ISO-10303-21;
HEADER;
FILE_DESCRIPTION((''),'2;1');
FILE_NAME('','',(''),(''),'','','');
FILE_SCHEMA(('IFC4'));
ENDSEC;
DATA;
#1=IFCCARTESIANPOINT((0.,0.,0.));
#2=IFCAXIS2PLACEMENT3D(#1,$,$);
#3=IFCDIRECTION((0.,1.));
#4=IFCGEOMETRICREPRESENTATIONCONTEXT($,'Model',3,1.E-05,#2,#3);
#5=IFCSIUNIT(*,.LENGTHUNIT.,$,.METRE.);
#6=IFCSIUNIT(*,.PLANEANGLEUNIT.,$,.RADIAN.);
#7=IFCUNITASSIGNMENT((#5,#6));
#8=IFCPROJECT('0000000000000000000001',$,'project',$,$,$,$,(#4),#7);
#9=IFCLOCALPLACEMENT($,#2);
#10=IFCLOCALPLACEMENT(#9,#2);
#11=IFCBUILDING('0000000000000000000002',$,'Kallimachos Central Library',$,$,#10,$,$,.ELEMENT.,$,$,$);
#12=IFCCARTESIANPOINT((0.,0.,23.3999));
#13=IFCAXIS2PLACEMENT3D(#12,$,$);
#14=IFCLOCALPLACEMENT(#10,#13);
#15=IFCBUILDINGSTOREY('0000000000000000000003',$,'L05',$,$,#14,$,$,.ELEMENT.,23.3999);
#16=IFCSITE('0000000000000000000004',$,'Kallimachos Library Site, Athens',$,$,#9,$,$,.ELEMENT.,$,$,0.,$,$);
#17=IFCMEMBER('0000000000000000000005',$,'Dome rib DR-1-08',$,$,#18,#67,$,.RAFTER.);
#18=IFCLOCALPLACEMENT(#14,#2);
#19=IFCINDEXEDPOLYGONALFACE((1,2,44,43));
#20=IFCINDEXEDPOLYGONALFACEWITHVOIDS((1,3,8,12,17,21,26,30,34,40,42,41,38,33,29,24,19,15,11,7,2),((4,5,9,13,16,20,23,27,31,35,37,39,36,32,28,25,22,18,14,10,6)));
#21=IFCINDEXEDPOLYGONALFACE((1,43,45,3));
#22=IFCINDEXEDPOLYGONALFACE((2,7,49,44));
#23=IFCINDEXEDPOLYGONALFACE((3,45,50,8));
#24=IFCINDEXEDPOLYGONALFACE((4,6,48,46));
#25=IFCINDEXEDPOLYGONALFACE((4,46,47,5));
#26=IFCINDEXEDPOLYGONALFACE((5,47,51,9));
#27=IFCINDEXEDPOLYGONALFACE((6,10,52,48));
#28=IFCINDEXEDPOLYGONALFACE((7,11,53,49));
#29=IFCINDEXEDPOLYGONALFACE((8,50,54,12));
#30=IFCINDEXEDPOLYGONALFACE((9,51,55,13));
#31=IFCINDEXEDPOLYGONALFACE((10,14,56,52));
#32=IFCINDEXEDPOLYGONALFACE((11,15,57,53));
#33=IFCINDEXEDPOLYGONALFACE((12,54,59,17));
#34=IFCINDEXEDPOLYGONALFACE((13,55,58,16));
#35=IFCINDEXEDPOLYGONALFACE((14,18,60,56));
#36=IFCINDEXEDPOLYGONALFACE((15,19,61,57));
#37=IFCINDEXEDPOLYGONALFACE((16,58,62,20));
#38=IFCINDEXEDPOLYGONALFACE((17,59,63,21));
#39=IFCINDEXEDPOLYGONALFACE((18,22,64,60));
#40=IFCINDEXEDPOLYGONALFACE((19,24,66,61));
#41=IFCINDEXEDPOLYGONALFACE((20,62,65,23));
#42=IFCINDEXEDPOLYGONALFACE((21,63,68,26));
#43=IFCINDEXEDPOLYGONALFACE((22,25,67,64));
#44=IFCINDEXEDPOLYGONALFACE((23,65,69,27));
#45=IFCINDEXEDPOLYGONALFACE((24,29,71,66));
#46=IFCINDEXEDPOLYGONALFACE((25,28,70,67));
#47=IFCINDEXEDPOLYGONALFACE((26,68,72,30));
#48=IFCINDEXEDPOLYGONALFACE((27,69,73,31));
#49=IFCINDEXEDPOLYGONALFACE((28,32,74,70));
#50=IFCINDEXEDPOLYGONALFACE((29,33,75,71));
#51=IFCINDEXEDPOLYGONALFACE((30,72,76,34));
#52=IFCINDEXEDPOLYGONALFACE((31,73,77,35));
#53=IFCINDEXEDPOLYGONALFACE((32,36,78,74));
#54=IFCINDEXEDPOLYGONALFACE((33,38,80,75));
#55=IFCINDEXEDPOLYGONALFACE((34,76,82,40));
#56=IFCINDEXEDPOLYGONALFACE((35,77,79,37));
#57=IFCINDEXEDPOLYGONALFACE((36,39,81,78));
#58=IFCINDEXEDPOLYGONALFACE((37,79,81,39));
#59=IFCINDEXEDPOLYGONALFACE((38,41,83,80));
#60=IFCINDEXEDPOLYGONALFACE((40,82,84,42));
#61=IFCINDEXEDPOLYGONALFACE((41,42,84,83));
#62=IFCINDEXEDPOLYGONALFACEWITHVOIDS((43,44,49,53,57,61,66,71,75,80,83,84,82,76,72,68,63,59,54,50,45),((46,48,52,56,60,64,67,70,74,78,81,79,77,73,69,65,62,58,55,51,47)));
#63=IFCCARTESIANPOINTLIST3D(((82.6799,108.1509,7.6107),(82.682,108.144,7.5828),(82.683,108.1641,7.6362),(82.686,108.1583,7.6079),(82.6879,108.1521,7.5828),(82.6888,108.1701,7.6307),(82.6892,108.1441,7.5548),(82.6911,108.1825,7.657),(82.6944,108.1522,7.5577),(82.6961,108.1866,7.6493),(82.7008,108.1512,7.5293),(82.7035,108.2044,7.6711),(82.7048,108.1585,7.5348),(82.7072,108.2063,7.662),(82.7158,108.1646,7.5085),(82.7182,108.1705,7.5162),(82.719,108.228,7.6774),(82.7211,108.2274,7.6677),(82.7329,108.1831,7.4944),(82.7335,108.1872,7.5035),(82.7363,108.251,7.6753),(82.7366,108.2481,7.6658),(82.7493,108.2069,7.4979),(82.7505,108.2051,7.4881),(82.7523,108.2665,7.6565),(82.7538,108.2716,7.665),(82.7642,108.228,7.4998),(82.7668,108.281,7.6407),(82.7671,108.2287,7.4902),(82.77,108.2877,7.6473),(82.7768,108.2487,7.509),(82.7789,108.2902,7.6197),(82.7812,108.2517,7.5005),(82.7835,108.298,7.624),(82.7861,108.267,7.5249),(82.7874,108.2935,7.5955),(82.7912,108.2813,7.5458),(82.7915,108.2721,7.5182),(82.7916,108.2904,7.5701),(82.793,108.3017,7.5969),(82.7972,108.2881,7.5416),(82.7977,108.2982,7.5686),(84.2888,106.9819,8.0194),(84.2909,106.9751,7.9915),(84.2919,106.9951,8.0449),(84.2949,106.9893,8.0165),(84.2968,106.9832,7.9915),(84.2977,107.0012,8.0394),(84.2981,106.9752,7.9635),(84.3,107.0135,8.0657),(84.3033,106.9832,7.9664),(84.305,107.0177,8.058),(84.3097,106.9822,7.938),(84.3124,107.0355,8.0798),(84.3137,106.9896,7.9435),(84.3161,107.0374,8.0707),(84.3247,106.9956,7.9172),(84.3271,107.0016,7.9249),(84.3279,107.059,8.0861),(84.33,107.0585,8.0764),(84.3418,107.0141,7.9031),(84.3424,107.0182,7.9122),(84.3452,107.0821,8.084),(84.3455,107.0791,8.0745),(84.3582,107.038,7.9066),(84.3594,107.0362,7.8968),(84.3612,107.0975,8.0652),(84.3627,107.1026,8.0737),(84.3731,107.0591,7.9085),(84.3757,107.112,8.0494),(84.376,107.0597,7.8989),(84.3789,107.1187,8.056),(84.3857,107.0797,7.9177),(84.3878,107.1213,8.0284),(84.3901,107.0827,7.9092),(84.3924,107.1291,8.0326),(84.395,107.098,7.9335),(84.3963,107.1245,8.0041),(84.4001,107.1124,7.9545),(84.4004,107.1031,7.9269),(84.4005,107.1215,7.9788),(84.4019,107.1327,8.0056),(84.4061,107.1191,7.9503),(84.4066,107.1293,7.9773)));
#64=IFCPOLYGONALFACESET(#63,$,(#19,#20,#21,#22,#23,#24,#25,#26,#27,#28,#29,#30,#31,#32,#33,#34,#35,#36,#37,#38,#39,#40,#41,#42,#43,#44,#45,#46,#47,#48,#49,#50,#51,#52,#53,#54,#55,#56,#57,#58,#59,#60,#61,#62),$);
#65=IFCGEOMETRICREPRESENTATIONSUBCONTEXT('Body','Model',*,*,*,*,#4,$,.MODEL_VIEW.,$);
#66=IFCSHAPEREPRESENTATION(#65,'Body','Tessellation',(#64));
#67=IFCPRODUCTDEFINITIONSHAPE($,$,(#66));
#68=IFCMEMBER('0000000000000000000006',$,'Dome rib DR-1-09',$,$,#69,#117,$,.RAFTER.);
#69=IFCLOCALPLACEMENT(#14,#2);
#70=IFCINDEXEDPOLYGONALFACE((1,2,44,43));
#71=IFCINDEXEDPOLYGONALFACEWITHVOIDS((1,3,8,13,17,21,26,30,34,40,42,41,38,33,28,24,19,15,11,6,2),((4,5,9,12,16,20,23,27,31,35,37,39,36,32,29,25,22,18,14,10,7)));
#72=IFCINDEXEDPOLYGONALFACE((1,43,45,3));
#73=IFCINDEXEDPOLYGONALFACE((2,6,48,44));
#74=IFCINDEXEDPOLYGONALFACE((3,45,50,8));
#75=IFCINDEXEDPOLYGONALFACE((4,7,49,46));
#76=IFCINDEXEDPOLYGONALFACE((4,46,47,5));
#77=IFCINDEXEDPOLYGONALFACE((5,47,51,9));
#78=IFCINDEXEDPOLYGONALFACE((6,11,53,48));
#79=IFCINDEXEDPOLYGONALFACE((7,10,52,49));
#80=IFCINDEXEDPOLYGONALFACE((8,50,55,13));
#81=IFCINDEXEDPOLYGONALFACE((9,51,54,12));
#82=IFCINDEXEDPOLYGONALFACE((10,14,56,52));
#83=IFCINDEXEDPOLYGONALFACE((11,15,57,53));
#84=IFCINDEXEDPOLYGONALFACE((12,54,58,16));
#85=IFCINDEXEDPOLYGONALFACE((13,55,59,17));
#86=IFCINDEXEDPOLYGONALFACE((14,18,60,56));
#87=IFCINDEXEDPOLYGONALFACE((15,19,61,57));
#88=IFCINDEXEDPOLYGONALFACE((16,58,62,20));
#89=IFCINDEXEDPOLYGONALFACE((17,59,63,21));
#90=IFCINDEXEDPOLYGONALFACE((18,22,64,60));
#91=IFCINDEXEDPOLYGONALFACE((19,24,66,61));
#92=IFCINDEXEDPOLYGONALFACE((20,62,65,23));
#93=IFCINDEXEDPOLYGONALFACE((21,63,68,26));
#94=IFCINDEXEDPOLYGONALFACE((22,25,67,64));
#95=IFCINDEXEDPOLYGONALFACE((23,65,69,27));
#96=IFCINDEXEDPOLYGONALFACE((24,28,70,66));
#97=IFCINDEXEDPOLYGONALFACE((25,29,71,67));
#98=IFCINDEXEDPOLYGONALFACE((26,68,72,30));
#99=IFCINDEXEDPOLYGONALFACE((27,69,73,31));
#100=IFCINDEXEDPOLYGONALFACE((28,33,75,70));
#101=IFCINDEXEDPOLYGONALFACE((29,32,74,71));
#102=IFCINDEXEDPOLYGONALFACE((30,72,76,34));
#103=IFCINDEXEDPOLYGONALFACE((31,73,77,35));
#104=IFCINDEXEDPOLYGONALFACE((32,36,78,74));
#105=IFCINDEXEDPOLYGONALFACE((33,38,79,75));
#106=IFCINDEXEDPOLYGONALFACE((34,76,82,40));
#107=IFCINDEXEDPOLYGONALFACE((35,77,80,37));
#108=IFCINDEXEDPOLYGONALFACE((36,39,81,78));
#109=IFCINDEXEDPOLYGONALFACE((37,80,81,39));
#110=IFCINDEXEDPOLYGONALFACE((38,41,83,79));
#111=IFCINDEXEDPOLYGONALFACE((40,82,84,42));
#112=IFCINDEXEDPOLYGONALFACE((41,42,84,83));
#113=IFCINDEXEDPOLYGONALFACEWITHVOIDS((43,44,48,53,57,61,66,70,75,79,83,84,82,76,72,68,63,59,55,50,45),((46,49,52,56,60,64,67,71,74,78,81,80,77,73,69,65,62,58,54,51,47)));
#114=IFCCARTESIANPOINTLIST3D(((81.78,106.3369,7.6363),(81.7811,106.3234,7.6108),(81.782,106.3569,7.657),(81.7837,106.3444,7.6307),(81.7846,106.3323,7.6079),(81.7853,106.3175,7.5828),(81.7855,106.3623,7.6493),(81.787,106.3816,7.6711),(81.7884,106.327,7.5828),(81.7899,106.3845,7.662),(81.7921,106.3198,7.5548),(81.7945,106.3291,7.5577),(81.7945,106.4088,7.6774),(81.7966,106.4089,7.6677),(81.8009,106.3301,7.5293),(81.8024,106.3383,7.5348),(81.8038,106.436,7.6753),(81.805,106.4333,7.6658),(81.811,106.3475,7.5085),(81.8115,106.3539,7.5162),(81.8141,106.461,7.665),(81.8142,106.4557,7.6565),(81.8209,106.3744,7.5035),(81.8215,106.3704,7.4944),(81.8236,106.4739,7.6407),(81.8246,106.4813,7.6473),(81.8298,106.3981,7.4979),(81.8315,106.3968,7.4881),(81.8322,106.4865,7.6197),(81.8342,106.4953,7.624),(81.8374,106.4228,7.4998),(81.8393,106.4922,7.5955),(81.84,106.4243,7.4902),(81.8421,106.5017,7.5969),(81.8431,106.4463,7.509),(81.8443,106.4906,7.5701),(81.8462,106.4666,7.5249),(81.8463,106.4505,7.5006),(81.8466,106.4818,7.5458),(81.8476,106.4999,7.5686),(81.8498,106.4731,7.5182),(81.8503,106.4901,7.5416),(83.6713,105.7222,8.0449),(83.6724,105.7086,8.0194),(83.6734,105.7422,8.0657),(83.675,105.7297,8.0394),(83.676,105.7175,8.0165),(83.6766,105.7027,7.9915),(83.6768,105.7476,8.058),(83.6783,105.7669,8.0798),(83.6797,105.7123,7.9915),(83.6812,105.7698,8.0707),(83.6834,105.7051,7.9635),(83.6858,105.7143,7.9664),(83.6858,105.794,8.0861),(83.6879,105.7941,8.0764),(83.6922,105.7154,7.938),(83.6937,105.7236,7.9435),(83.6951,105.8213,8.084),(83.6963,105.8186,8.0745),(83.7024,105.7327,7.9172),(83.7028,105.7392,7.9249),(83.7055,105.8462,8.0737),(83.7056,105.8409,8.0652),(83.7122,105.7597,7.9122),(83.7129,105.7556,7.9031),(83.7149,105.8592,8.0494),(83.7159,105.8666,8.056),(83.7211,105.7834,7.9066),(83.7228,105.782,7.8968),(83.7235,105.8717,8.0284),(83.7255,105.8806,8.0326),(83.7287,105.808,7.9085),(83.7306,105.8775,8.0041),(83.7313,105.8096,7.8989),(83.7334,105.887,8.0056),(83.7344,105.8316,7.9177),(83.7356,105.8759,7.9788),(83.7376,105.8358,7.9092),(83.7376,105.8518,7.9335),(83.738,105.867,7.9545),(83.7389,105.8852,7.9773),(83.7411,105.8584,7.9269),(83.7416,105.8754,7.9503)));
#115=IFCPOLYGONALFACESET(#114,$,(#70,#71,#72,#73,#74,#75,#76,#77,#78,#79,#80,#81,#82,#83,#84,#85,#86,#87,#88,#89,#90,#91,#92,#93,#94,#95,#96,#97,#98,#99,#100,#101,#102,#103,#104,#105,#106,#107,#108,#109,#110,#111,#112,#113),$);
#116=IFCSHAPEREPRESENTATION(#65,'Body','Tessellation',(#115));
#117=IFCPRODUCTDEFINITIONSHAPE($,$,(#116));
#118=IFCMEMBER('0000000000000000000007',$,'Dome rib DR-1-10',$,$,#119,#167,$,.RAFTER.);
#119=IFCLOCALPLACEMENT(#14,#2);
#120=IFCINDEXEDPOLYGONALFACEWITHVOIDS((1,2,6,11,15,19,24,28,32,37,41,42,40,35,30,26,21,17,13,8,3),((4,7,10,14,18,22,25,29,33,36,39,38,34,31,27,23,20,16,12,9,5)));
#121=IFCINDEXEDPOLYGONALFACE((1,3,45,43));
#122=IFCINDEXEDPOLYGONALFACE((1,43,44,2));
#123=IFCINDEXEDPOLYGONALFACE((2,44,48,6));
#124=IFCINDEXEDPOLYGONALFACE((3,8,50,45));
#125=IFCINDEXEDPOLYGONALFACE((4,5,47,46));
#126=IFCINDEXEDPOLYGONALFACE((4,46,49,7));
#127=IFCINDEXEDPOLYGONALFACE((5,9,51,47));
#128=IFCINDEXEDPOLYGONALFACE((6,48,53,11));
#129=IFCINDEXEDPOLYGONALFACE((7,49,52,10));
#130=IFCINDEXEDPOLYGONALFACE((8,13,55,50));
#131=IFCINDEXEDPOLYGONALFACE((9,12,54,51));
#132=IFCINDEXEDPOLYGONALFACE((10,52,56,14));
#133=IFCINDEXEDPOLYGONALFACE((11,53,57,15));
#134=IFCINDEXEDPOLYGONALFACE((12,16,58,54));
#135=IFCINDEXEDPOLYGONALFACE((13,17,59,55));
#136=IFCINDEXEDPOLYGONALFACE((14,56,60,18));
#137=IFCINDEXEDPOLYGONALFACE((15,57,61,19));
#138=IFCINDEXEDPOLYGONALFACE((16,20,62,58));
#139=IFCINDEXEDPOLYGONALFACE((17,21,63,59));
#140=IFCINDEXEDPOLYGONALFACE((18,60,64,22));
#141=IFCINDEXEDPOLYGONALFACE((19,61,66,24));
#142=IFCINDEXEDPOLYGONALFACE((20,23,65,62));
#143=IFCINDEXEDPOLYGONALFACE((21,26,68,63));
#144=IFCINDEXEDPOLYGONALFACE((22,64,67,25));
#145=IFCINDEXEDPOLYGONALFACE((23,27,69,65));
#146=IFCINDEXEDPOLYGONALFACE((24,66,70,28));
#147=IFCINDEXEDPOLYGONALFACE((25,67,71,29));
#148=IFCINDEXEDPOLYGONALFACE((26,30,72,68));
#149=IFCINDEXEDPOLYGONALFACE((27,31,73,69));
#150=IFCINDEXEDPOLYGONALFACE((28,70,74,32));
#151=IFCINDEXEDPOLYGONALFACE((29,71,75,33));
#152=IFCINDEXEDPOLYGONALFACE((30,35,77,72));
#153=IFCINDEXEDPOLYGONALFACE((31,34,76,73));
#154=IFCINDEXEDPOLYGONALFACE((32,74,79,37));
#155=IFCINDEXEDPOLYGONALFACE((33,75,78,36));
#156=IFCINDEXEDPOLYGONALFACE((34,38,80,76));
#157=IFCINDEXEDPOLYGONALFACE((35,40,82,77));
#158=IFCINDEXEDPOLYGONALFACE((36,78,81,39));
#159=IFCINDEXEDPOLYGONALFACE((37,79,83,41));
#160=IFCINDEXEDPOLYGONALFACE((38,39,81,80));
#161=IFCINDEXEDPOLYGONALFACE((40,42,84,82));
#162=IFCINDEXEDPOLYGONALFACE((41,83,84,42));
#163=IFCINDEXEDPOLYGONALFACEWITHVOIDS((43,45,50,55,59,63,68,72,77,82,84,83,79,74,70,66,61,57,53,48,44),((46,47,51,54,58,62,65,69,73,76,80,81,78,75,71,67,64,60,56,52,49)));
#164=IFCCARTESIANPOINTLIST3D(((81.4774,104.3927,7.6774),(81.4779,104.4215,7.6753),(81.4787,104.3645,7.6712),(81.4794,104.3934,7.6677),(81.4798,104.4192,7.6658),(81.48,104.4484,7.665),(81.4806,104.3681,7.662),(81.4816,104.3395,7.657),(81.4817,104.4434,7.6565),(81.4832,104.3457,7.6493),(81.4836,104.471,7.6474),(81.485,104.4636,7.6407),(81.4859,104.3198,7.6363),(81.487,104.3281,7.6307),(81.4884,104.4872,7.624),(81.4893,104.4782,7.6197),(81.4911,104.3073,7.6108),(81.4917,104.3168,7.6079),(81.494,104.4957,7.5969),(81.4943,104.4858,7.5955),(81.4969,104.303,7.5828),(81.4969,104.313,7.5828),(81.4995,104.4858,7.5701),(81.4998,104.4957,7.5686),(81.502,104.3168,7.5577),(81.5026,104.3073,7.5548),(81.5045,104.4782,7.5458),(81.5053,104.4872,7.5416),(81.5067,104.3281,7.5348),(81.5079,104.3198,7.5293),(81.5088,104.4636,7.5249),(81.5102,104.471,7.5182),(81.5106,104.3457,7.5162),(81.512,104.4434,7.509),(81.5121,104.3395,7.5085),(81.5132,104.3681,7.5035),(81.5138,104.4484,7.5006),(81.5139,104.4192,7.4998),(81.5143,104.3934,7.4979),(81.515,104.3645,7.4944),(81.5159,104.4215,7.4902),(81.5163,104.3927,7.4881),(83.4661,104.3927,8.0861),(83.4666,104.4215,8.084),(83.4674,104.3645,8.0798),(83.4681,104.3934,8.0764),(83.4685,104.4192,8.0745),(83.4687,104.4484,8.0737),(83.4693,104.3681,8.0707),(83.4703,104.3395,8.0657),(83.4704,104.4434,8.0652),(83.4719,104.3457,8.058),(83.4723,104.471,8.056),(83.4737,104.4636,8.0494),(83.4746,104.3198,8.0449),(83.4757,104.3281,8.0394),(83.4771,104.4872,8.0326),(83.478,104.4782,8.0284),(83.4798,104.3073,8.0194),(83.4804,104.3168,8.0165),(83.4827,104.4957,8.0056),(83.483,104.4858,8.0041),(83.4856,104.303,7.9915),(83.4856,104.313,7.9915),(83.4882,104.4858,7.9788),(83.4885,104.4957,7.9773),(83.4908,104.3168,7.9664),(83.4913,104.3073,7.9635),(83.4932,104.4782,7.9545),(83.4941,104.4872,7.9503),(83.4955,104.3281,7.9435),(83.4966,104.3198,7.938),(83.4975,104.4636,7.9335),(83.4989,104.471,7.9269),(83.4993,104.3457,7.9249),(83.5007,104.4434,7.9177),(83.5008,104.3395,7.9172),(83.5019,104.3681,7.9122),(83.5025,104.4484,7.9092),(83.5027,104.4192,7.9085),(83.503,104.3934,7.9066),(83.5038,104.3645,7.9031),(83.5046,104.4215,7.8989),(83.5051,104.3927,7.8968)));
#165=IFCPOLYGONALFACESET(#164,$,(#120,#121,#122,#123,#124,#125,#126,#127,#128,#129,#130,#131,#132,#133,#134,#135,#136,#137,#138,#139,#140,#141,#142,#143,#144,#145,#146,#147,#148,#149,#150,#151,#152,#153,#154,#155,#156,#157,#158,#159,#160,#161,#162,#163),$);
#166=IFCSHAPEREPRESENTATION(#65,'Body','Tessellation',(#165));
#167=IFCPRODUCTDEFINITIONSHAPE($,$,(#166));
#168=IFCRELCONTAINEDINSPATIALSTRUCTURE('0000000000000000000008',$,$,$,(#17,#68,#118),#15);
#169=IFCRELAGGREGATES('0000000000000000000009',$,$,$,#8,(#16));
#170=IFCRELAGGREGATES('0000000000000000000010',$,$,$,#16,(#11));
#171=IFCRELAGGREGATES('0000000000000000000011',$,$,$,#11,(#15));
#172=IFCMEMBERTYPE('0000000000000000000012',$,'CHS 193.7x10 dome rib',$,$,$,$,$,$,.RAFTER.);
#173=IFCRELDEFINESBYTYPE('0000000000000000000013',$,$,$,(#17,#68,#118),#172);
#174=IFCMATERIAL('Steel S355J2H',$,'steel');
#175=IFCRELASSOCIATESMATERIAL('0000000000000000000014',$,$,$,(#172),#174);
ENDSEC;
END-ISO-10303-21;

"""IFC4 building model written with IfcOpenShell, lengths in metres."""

from ifc_helpers import new_model, si_unit, direction, frame, origin, origin_2d, place, context, subcontext, project, spatial, hollow_circle, extrude, material, material_profile, profile_set, type_object, element, save


model = new_model("IFC4")

# Units and contexts
model_context = context("Model", 3, precision=1e-05, world=origin(), true_north=direction((0.0, 1.0)))
body_context = subcontext(model_context, "Body", "Model", "MODEL_VIEW")
ifc_project = project(units=[si_unit("LENGTHUNIT", "METRE"), si_unit("PLANEANGLEUNIT", "RADIAN")], contexts=[model_context])

# Site, building, storey
site_placement = place(None, origin())
site = spatial("IfcSite", under=ifc_project, at=site_placement, Name="Kallimachos Library Site, Athens", CompositionType="ELEMENT", RefElevation=0.0)
building_placement = place(site_placement, origin())
building = spatial("IfcBuilding", under=site, at=building_placement, Name="Kallimachos Central Library", CompositionType="ELEMENT")
storey_placement = place(building_placement, frame((0.0, 0.0, 23.3999)))
storey = spatial("IfcBuildingStorey", under=building, at=storey_placement, Name="L05", CompositionType="ELEMENT", Elevation=23.3999)

# Members
ifc_material_1 = material(Name="Steel S355J2H", Category="steel")
ifc_material_profile_1 = material_profile(ifc_material_1, hollow_circle(Radius=0.0969, WallThickness=0.01, at=origin_2d()), Name="CHS 193.7x10")
ifc_profile_set_1 = profile_set([ifc_material_profile_1], Name="Steel S355J2H")
member_type_1 = type_object("IfcMemberType", Name="CHS 193.7x10 dome rib", PredefinedType="RAFTER", material=ifc_profile_set_1)
for number, where, z_axis, x_axis, name in (
    (1, (84.3479, 107.0535, 7.9915), (-0.792451, 0.57576, -0.201299), (-0.587792, -0.809012, 0.0), "Dome rib DR-1-08"),
    (2, (83.7065, 105.7949, 7.9915), (-0.931559, 0.302784, -0.201295), (-0.309111, -0.951026, 0.0), "Dome rib DR-1-09"),
    (3, (83.4856, 104.3999, 7.9915), (-0.979531, 0.0, -0.201293), (0.0, -1.0, 0.0), "Dome rib DR-1-10"),
):
    element("IfcMember", number, at=place(storey_placement, frame(where, z_axis=z_axis, x_axis=x_axis)), inside=storey, type_object=member_type_1, Name=name, PredefinedType="RAFTER", context=body_context, shape_type="SweptSolid", body=[
        extrude(hollow_circle(Radius=0.0969, WallThickness=0.01, at=origin_2d()), origin(), (0.0, 0.0, 1.0), 2.0303),
    ])

save(model, "model.ifc")
